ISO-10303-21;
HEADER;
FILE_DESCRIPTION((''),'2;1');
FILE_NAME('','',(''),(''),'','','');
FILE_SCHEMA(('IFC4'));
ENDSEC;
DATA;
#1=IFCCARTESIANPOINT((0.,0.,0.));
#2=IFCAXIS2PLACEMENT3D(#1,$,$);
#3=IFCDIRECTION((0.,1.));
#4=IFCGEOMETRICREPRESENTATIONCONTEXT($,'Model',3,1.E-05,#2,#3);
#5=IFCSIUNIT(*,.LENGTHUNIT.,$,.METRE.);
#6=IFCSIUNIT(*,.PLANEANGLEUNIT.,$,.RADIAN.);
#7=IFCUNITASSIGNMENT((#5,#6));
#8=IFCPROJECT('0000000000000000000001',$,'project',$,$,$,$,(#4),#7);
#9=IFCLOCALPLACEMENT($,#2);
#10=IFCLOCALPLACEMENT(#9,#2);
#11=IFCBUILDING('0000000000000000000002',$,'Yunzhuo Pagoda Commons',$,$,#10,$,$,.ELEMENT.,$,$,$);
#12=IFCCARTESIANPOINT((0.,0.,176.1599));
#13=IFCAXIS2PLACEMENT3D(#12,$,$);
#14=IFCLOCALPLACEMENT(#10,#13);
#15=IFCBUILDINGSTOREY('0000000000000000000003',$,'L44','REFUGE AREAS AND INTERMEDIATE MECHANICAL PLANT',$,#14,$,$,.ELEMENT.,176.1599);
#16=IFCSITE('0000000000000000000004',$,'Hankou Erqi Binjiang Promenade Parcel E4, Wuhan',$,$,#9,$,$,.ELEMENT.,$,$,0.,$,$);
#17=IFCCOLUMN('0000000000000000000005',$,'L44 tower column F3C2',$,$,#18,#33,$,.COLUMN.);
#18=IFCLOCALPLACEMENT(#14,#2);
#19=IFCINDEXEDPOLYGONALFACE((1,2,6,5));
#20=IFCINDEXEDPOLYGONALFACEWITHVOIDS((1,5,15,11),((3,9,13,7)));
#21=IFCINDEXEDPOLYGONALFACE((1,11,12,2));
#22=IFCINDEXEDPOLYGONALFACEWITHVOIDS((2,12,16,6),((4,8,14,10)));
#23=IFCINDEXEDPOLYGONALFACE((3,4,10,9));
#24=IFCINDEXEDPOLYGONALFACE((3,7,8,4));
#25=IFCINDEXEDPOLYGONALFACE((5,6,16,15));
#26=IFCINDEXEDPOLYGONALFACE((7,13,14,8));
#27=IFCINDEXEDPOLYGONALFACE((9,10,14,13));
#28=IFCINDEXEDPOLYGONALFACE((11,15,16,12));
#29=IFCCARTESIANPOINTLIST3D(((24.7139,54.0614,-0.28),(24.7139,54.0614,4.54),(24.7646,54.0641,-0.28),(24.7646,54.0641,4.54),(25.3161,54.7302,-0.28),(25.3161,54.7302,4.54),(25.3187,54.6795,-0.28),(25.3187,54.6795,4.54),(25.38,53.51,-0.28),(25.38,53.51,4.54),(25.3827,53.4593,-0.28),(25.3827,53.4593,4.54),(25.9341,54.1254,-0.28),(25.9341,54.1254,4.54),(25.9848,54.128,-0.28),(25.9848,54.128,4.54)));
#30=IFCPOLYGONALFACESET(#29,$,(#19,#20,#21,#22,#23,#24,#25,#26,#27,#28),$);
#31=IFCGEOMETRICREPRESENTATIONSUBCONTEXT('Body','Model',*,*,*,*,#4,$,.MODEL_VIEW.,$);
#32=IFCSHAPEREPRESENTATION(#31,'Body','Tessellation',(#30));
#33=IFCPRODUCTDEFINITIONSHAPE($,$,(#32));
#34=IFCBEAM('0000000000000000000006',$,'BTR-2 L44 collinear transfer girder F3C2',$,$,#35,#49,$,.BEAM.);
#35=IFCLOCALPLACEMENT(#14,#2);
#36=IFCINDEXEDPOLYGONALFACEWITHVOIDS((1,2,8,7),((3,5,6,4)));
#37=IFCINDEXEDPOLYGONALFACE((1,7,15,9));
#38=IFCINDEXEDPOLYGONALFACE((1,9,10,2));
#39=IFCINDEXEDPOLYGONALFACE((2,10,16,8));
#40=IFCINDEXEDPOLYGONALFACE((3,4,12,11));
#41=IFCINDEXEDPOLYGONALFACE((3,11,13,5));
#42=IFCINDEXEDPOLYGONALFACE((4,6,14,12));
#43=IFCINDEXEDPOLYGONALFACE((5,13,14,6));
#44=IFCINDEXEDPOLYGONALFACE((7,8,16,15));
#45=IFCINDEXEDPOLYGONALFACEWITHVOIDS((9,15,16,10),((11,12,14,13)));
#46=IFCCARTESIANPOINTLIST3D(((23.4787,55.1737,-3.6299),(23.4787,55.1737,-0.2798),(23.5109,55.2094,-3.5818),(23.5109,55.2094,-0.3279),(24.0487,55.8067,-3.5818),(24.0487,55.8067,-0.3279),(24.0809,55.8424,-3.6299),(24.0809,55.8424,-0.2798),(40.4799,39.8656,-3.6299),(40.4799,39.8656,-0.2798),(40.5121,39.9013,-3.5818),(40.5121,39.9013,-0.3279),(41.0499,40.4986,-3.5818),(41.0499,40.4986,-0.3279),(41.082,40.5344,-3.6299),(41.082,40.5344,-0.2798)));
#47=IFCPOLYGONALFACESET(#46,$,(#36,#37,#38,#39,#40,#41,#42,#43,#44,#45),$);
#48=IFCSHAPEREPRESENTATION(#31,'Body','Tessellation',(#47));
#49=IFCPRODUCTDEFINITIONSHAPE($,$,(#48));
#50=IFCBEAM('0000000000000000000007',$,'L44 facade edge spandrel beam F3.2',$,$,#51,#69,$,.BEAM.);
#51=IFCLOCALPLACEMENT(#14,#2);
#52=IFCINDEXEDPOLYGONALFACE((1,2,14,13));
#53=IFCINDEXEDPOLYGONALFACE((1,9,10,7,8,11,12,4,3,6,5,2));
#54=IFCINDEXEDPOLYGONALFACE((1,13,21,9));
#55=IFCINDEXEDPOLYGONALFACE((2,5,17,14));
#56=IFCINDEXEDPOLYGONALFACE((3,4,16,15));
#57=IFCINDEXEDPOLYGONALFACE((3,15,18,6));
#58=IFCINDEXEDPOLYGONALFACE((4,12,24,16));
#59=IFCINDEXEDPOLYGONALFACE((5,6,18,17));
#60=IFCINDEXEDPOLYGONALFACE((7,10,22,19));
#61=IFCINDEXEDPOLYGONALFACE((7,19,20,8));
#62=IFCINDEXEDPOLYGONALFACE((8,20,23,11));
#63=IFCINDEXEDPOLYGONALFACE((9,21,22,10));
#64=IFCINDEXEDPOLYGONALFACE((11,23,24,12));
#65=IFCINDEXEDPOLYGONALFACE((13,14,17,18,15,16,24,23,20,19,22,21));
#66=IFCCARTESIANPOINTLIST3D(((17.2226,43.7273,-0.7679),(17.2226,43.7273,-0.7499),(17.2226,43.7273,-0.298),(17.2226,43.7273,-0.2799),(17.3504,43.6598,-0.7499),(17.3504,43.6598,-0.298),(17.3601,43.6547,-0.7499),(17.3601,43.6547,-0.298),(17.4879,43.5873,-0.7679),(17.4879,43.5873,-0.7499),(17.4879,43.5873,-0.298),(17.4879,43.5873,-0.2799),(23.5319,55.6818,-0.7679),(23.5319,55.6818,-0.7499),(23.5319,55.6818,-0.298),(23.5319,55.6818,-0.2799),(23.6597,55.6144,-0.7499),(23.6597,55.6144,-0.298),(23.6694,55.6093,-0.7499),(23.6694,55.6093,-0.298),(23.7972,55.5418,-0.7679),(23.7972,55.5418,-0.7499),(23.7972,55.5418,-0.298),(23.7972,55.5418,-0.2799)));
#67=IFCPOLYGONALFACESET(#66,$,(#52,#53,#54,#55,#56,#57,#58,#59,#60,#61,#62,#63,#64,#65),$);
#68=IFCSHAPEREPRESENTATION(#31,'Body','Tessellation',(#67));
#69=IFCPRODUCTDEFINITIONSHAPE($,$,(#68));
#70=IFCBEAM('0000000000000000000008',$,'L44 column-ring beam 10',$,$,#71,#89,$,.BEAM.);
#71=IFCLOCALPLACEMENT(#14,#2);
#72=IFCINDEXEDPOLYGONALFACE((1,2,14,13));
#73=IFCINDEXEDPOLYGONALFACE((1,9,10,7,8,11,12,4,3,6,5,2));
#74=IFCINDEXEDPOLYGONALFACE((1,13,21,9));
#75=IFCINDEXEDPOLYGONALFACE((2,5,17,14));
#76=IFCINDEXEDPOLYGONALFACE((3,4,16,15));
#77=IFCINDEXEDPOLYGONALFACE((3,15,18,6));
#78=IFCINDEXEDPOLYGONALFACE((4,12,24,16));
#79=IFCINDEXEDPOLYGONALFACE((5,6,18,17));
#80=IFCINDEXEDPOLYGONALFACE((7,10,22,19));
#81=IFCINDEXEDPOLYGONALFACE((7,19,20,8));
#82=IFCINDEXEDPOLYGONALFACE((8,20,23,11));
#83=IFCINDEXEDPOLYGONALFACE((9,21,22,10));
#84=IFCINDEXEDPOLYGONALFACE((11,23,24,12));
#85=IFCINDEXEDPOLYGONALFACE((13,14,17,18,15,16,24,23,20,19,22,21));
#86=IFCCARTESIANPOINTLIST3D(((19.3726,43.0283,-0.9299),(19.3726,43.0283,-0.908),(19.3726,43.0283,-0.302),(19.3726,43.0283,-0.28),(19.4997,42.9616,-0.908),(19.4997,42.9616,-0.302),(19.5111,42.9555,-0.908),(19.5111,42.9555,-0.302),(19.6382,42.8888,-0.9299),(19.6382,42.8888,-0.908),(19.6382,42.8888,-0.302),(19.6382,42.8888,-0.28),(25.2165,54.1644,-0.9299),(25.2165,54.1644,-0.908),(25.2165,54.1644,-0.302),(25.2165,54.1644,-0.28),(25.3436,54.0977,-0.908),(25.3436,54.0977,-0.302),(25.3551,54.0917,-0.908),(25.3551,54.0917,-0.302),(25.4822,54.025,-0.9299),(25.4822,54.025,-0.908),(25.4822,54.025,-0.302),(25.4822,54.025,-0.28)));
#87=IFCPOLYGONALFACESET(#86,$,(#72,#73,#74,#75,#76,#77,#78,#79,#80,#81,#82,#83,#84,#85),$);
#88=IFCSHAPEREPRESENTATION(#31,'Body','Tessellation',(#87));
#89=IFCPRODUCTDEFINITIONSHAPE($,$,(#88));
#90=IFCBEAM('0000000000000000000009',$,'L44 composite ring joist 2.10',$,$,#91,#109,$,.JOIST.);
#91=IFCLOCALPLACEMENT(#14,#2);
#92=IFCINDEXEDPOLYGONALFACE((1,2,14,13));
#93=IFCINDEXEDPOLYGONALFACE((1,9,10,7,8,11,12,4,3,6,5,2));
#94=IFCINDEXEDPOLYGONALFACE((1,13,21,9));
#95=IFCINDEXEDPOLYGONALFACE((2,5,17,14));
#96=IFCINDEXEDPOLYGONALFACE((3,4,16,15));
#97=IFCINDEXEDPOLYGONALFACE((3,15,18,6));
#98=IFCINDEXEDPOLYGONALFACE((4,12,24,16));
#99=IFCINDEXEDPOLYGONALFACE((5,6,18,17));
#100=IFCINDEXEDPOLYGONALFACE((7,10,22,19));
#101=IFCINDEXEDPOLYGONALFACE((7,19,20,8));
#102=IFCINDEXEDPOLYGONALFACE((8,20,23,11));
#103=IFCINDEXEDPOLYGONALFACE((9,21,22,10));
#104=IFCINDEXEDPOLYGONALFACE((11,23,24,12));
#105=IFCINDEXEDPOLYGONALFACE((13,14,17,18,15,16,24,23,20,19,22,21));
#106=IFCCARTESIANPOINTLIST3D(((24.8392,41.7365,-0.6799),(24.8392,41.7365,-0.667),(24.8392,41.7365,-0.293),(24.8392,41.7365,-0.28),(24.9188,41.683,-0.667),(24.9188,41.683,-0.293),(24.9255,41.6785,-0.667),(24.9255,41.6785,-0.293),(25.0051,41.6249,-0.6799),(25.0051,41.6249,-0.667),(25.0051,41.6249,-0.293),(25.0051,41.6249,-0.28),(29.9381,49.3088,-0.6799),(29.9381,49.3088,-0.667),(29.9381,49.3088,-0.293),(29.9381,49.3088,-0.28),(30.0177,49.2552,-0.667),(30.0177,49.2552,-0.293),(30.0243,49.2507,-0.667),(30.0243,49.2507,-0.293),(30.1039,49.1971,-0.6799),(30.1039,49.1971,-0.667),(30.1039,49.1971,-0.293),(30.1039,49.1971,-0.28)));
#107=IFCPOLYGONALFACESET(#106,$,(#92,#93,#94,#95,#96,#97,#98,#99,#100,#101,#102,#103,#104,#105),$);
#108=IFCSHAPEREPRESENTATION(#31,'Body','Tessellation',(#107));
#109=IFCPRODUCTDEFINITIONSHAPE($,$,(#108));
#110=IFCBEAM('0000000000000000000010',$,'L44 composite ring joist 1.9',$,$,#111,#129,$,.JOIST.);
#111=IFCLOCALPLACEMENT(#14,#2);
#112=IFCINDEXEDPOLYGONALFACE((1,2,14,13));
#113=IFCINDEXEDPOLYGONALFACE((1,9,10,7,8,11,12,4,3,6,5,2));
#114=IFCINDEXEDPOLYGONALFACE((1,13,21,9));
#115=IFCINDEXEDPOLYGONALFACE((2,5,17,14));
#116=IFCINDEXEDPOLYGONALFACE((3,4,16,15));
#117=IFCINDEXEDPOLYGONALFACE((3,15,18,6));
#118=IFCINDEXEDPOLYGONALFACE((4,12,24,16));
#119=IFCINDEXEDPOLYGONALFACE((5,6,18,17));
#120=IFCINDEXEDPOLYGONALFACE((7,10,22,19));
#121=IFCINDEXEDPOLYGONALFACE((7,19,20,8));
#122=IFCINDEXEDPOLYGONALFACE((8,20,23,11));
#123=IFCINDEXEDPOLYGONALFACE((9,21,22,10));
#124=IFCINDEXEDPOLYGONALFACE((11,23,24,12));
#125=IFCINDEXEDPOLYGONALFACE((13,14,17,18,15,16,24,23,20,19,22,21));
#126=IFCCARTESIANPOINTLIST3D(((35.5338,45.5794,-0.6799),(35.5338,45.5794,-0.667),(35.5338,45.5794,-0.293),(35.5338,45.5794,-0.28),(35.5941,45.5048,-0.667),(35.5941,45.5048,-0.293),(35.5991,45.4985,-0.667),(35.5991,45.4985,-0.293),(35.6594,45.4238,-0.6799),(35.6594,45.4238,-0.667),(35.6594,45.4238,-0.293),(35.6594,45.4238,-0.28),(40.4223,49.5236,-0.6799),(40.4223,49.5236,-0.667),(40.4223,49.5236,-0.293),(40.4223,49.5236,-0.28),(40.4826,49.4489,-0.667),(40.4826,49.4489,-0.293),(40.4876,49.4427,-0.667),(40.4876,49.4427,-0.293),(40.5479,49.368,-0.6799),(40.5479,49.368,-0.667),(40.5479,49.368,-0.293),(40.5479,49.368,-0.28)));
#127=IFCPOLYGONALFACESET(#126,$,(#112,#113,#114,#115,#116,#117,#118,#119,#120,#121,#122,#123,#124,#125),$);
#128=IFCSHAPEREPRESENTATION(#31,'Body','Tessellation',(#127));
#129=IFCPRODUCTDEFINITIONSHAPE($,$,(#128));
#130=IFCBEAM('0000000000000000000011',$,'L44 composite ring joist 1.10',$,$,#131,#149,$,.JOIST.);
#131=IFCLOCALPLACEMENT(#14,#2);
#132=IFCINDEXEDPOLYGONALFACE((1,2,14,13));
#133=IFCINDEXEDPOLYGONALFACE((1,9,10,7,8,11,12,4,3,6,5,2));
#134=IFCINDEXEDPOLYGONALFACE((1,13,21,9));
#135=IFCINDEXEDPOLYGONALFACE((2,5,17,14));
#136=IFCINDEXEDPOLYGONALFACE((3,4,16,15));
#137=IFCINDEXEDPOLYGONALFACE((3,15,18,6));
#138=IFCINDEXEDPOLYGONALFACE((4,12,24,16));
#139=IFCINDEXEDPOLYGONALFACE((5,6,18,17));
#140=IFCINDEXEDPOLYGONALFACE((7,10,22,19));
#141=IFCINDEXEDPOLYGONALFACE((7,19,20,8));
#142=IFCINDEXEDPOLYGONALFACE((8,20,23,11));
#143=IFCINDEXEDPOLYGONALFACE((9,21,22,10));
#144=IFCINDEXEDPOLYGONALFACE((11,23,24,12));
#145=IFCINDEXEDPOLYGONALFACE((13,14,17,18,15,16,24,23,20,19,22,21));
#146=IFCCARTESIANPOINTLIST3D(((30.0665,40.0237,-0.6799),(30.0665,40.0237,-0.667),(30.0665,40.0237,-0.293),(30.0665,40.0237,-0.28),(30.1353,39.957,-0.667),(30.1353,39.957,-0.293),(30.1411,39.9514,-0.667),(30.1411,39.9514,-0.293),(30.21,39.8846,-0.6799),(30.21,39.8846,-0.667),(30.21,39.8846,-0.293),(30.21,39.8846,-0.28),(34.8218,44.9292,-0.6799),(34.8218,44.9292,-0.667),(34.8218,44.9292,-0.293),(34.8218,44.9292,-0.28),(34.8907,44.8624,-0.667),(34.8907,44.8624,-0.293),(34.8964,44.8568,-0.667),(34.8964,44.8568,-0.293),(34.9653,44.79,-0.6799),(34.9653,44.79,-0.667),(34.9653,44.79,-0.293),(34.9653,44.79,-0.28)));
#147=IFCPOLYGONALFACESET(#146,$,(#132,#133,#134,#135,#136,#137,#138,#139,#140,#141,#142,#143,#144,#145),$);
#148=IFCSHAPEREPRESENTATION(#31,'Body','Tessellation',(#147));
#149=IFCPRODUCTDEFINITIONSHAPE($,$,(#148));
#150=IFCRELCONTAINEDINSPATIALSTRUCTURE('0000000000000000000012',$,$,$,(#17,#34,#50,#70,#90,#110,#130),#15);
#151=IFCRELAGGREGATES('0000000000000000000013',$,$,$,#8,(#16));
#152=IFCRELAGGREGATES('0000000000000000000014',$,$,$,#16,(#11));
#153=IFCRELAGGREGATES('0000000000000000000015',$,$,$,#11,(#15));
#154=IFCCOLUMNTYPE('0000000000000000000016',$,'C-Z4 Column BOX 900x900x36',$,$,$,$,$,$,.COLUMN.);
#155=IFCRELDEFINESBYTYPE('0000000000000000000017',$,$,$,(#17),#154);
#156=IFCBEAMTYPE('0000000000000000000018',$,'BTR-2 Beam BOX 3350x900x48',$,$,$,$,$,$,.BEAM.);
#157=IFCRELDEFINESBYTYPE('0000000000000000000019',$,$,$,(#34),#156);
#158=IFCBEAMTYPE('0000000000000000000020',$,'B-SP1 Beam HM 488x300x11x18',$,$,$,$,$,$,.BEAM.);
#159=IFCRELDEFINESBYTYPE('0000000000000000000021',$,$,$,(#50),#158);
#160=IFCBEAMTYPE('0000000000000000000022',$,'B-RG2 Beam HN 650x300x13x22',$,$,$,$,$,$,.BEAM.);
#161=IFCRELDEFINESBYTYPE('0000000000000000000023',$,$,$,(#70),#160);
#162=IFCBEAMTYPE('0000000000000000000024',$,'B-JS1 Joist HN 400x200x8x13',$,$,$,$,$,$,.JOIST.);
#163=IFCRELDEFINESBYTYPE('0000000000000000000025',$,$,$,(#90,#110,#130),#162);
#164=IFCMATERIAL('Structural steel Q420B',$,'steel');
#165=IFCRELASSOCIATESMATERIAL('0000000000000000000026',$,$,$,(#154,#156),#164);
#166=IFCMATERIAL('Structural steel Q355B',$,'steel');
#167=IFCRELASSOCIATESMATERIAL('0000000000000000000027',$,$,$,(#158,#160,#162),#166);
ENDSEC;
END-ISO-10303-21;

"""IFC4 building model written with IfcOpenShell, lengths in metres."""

from ifc_helpers import new_model, si_unit, direction, frame, origin, origin_2d, place, context, subcontext, project, spatial, hollow_rectangle, i_section, extrude, source, transform, mapped, material, material_profile, profile_set, type_object, element, save


model = new_model("IFC4")

# Units and contexts
model_context = context("Model", 3, precision=1e-05, world=origin(), true_north=direction((0.0, 1.0)))
body_context = subcontext(model_context, "Body", "Model", "MODEL_VIEW")
ifc_project = project(units=[si_unit("LENGTHUNIT", "METRE"), si_unit("PLANEANGLEUNIT", "RADIAN")], contexts=[model_context])

# Site, building, storey
site_placement = place(None, origin())
site = spatial("IfcSite", under=ifc_project, at=site_placement, Name="Hankou Erqi Binjiang Promenade Parcel E4, Wuhan", CompositionType="ELEMENT", RefElevation=0.0)
building_placement = place(site_placement, origin())
building = spatial("IfcBuilding", under=site, at=building_placement, Name="Yunzhuo Pagoda Commons", CompositionType="ELEMENT")
storey_placement = place(building_placement, frame((0.0, 0.0, 176.1599)))
storey = spatial("IfcBuildingStorey", under=building, at=storey_placement, Name="L44", Description="REFUGE AREAS AND INTERMEDIATE MECHANICAL PLANT", CompositionType="ELEMENT", Elevation=176.1599)

# Column
ifc_material_1 = material(Name="Structural steel Q420B", Category="steel")
ifc_material_profile_1 = material_profile(ifc_material_1, hollow_rectangle(XDim=0.8999, YDim=0.8999, WallThickness=0.0359, at=origin_2d()), Name="Structural steel Q420B")
ifc_profile_set_1 = profile_set([ifc_material_profile_1], Name="Structural steel Q420B")
column_type = type_object("IfcColumnType", Name="C-Z4 Column BOX 900x900x36", PredefinedType="COLUMN", material=ifc_profile_set_1)
shared_shape_1 = source(origin(), body_context, "Body", "SweptSolid", [
    extrude(hollow_rectangle(XDim=0.8999, YDim=0.8999, WallThickness=0.0359, at=origin_2d()), origin(), (0.0, 0.0, 1.0), 4.8201),
])
column_placement = place(storey_placement, frame((25.3494, 54.0947, -0.28), z_axis=(0.0, 0.0, 1.0), x_axis=(-0.669131, -0.743145, 0.0)))
element("IfcColumn", 1, at=column_placement, inside=storey, type_object=column_type, Name="L44 tower column F3C2", PredefinedType="COLUMN", context=body_context, shape_type="MappedRepresentation", body=[
    mapped(shared_shape_1, transform((0.0, 0.0, 0.0), scale=1.0)),
])

# Beams
ifc_material_profile_2 = material_profile(ifc_material_1, hollow_rectangle(XDim=0.8999, YDim=3.3501, WallThickness=0.0481, at=origin_2d()), Name="Structural steel Q420B")
ifc_profile_set_2 = profile_set([ifc_material_profile_2], Name="Structural steel Q420B")
beam_type_1 = type_object("IfcBeamType", Name="BTR-2 Beam BOX 3350x900x48", PredefinedType="BEAM", material=ifc_profile_set_2)
shared_shape_2 = source(origin(), body_context, "Body", "SweptSolid", [
    extrude(hollow_rectangle(XDim=0.8999, YDim=3.3501, WallThickness=0.0481, at=origin_2d()), origin(), (0.0, 0.0, 1.0), 22.8774),
])
beam_1_placement = place(storey_placement, frame((23.7798, 55.5081, -1.9548), z_axis=(0.743142, -0.669134, 0.0), x_axis=(0.669134, 0.743142, 0.0)))
element("IfcBeam", 2, at=beam_1_placement, inside=storey, type_object=beam_type_1, Name="BTR-2 L44 collinear transfer girder F3C2", PredefinedType="BEAM", context=body_context, shape_type="MappedRepresentation", body=[
    mapped(shared_shape_2, transform((0.0, 0.0, 0.0), scale=1.0)),
])
ifc_material_2 = material(Name="Structural steel Q355B", Category="steel")
ifc_material_profile_3 = material_profile(ifc_material_2, i_section(OverallWidth=0.3, OverallDepth=0.488, WebThickness=0.011, FlangeThickness=0.0181, at=origin_2d()), Name="Structural steel Q355B")
ifc_profile_set_3 = profile_set([ifc_material_profile_3], Name="Structural steel Q355B")
beam_type_2 = type_object("IfcBeamType", Name="B-SP1 Beam HM 488x300x11x18", PredefinedType="BEAM", material=ifc_profile_set_3)
shared_shape_3 = source(origin(), body_context, "Body", "SweptSolid", [
    extrude(i_section(OverallWidth=0.3, OverallDepth=0.488, WebThickness=0.011, FlangeThickness=0.0181, at=origin_2d()), origin(), (0.0, 0.0, 1.0), 13.5173),
])
beam_2_placement = place(storey_placement, frame((23.6646, 55.6118, -0.5239), z_axis=(-0.466756, -0.884386, 0.0), x_axis=(0.884386, -0.466756, 0.0)))
element("IfcBeam", 3, at=beam_2_placement, inside=storey, type_object=beam_type_2, Name="L44 facade edge spandrel beam F3.2", PredefinedType="BEAM", context=body_context, shape_type="MappedRepresentation", body=[
    mapped(shared_shape_3, transform((0.0, 0.0, 0.0), scale=1.0)),
])
ifc_material_profile_4 = material_profile(ifc_material_2, i_section(OverallWidth=0.3, OverallDepth=0.6499, WebThickness=0.0129, FlangeThickness=0.022, at=origin_2d()), Name="Structural steel Q355B")
ifc_profile_set_4 = profile_set([ifc_material_profile_4], Name="Structural steel Q355B")
beam_type_3 = type_object("IfcBeamType", Name="B-RG2 Beam HN 650x300x13x22", PredefinedType="BEAM", material=ifc_profile_set_4)
shared_shape_4 = source(origin(), body_context, "Body", "SweptSolid", [
    extrude(i_section(OverallWidth=0.3, OverallDepth=0.6499, WebThickness=0.0129, FlangeThickness=0.022, at=origin_2d()), origin(), (0.0, 0.0, 1.0), 12.5764),
])
beam_3_placement = place(storey_placement, frame((25.3494, 54.0947, -0.605), z_axis=(-0.464676, -0.885481, 0.0), x_axis=(0.885481, -0.464676, 0.0)))
element("IfcBeam", 4, at=beam_3_placement, inside=storey, type_object=beam_type_3, Name="L44 column-ring beam 10", PredefinedType="BEAM", context=body_context, shape_type="MappedRepresentation", body=[
    mapped(shared_shape_4, transform((0.0, 0.0, 0.0), scale=1.0)),
])
ifc_material_profile_5 = material_profile(ifc_material_2, i_section(OverallWidth=0.2, OverallDepth=0.3999, WebThickness=0.0081, FlangeThickness=0.0129, at=origin_2d()), Name="Structural steel Q355B")
ifc_profile_set_5 = profile_set([ifc_material_profile_5], Name="Structural steel Q355B")
beam_type_4 = type_object("IfcBeamType", Name="B-JS1 Joist HN 400x200x8x13", PredefinedType="JOIST", material=ifc_profile_set_5)
shared_shape_5 = source(origin(), body_context, "Body", "SweptSolid", [
    extrude(i_section(OverallWidth=0.2, OverallDepth=0.3999, WebThickness=0.0081, FlangeThickness=0.0129, at=origin_2d()), origin(), (0.0, 0.0, 1.0), 9.1289),
])
beam_4_placement = place(storey_placement, frame((30.021, 49.2529, -0.48), z_axis=(-0.558539, -0.829478, 0.0), x_axis=(0.829478, -0.558539, 0.0)))
element("IfcBeam", 5, at=beam_4_placement, inside=storey, type_object=beam_type_4, Name="L44 composite ring joist 2.10", PredefinedType="JOIST", context=body_context, shape_type="MappedRepresentation", body=[
    mapped(shared_shape_5, transform((0.0, 0.0, 0.0), scale=1.0)),
])
shared_shape_6 = source(origin(), body_context, "Body", "SweptSolid", [
    extrude(i_section(OverallWidth=0.2, OverallDepth=0.3999, WebThickness=0.0081, FlangeThickness=0.0129, at=origin_2d()), origin(), (0.0, 0.0, 1.0), 6.2812),
])
beam_5_placement = place(storey_placement, frame((40.4851, 49.4458, -0.48), z_axis=(-0.778272, -0.627927, 0.0), x_axis=(0.627927, -0.778272, 0.0)))
element("IfcBeam", 6, at=beam_5_placement, inside=storey, type_object=beam_type_4, Name="L44 composite ring joist 1.9", PredefinedType="JOIST", context=body_context, shape_type="MappedRepresentation", body=[
    mapped(shared_shape_6, transform((0.0, 0.0, 0.0), scale=1.0)),
])
shared_shape_7 = source(origin(), body_context, "Body", "SweptSolid", [
    extrude(i_section(OverallWidth=0.2, OverallDepth=0.3999, WebThickness=0.0081, FlangeThickness=0.0129, at=origin_2d()), origin(), (0.0, 0.0, 1.0), 6.832),
])
beam_6_placement = place(storey_placement, frame((34.8936, 44.8596, -0.48), z_axis=(-0.696033, -0.71801, 0.0), x_axis=(0.71801, -0.696033, 0.0)))
element("IfcBeam", 7, at=beam_6_placement, inside=storey, type_object=beam_type_4, Name="L44 composite ring joist 1.10", PredefinedType="JOIST", context=body_context, shape_type="MappedRepresentation", body=[
    mapped(shared_shape_7, transform((0.0, 0.0, 0.0), scale=1.0)),
])

save(model, "model.ifc")
